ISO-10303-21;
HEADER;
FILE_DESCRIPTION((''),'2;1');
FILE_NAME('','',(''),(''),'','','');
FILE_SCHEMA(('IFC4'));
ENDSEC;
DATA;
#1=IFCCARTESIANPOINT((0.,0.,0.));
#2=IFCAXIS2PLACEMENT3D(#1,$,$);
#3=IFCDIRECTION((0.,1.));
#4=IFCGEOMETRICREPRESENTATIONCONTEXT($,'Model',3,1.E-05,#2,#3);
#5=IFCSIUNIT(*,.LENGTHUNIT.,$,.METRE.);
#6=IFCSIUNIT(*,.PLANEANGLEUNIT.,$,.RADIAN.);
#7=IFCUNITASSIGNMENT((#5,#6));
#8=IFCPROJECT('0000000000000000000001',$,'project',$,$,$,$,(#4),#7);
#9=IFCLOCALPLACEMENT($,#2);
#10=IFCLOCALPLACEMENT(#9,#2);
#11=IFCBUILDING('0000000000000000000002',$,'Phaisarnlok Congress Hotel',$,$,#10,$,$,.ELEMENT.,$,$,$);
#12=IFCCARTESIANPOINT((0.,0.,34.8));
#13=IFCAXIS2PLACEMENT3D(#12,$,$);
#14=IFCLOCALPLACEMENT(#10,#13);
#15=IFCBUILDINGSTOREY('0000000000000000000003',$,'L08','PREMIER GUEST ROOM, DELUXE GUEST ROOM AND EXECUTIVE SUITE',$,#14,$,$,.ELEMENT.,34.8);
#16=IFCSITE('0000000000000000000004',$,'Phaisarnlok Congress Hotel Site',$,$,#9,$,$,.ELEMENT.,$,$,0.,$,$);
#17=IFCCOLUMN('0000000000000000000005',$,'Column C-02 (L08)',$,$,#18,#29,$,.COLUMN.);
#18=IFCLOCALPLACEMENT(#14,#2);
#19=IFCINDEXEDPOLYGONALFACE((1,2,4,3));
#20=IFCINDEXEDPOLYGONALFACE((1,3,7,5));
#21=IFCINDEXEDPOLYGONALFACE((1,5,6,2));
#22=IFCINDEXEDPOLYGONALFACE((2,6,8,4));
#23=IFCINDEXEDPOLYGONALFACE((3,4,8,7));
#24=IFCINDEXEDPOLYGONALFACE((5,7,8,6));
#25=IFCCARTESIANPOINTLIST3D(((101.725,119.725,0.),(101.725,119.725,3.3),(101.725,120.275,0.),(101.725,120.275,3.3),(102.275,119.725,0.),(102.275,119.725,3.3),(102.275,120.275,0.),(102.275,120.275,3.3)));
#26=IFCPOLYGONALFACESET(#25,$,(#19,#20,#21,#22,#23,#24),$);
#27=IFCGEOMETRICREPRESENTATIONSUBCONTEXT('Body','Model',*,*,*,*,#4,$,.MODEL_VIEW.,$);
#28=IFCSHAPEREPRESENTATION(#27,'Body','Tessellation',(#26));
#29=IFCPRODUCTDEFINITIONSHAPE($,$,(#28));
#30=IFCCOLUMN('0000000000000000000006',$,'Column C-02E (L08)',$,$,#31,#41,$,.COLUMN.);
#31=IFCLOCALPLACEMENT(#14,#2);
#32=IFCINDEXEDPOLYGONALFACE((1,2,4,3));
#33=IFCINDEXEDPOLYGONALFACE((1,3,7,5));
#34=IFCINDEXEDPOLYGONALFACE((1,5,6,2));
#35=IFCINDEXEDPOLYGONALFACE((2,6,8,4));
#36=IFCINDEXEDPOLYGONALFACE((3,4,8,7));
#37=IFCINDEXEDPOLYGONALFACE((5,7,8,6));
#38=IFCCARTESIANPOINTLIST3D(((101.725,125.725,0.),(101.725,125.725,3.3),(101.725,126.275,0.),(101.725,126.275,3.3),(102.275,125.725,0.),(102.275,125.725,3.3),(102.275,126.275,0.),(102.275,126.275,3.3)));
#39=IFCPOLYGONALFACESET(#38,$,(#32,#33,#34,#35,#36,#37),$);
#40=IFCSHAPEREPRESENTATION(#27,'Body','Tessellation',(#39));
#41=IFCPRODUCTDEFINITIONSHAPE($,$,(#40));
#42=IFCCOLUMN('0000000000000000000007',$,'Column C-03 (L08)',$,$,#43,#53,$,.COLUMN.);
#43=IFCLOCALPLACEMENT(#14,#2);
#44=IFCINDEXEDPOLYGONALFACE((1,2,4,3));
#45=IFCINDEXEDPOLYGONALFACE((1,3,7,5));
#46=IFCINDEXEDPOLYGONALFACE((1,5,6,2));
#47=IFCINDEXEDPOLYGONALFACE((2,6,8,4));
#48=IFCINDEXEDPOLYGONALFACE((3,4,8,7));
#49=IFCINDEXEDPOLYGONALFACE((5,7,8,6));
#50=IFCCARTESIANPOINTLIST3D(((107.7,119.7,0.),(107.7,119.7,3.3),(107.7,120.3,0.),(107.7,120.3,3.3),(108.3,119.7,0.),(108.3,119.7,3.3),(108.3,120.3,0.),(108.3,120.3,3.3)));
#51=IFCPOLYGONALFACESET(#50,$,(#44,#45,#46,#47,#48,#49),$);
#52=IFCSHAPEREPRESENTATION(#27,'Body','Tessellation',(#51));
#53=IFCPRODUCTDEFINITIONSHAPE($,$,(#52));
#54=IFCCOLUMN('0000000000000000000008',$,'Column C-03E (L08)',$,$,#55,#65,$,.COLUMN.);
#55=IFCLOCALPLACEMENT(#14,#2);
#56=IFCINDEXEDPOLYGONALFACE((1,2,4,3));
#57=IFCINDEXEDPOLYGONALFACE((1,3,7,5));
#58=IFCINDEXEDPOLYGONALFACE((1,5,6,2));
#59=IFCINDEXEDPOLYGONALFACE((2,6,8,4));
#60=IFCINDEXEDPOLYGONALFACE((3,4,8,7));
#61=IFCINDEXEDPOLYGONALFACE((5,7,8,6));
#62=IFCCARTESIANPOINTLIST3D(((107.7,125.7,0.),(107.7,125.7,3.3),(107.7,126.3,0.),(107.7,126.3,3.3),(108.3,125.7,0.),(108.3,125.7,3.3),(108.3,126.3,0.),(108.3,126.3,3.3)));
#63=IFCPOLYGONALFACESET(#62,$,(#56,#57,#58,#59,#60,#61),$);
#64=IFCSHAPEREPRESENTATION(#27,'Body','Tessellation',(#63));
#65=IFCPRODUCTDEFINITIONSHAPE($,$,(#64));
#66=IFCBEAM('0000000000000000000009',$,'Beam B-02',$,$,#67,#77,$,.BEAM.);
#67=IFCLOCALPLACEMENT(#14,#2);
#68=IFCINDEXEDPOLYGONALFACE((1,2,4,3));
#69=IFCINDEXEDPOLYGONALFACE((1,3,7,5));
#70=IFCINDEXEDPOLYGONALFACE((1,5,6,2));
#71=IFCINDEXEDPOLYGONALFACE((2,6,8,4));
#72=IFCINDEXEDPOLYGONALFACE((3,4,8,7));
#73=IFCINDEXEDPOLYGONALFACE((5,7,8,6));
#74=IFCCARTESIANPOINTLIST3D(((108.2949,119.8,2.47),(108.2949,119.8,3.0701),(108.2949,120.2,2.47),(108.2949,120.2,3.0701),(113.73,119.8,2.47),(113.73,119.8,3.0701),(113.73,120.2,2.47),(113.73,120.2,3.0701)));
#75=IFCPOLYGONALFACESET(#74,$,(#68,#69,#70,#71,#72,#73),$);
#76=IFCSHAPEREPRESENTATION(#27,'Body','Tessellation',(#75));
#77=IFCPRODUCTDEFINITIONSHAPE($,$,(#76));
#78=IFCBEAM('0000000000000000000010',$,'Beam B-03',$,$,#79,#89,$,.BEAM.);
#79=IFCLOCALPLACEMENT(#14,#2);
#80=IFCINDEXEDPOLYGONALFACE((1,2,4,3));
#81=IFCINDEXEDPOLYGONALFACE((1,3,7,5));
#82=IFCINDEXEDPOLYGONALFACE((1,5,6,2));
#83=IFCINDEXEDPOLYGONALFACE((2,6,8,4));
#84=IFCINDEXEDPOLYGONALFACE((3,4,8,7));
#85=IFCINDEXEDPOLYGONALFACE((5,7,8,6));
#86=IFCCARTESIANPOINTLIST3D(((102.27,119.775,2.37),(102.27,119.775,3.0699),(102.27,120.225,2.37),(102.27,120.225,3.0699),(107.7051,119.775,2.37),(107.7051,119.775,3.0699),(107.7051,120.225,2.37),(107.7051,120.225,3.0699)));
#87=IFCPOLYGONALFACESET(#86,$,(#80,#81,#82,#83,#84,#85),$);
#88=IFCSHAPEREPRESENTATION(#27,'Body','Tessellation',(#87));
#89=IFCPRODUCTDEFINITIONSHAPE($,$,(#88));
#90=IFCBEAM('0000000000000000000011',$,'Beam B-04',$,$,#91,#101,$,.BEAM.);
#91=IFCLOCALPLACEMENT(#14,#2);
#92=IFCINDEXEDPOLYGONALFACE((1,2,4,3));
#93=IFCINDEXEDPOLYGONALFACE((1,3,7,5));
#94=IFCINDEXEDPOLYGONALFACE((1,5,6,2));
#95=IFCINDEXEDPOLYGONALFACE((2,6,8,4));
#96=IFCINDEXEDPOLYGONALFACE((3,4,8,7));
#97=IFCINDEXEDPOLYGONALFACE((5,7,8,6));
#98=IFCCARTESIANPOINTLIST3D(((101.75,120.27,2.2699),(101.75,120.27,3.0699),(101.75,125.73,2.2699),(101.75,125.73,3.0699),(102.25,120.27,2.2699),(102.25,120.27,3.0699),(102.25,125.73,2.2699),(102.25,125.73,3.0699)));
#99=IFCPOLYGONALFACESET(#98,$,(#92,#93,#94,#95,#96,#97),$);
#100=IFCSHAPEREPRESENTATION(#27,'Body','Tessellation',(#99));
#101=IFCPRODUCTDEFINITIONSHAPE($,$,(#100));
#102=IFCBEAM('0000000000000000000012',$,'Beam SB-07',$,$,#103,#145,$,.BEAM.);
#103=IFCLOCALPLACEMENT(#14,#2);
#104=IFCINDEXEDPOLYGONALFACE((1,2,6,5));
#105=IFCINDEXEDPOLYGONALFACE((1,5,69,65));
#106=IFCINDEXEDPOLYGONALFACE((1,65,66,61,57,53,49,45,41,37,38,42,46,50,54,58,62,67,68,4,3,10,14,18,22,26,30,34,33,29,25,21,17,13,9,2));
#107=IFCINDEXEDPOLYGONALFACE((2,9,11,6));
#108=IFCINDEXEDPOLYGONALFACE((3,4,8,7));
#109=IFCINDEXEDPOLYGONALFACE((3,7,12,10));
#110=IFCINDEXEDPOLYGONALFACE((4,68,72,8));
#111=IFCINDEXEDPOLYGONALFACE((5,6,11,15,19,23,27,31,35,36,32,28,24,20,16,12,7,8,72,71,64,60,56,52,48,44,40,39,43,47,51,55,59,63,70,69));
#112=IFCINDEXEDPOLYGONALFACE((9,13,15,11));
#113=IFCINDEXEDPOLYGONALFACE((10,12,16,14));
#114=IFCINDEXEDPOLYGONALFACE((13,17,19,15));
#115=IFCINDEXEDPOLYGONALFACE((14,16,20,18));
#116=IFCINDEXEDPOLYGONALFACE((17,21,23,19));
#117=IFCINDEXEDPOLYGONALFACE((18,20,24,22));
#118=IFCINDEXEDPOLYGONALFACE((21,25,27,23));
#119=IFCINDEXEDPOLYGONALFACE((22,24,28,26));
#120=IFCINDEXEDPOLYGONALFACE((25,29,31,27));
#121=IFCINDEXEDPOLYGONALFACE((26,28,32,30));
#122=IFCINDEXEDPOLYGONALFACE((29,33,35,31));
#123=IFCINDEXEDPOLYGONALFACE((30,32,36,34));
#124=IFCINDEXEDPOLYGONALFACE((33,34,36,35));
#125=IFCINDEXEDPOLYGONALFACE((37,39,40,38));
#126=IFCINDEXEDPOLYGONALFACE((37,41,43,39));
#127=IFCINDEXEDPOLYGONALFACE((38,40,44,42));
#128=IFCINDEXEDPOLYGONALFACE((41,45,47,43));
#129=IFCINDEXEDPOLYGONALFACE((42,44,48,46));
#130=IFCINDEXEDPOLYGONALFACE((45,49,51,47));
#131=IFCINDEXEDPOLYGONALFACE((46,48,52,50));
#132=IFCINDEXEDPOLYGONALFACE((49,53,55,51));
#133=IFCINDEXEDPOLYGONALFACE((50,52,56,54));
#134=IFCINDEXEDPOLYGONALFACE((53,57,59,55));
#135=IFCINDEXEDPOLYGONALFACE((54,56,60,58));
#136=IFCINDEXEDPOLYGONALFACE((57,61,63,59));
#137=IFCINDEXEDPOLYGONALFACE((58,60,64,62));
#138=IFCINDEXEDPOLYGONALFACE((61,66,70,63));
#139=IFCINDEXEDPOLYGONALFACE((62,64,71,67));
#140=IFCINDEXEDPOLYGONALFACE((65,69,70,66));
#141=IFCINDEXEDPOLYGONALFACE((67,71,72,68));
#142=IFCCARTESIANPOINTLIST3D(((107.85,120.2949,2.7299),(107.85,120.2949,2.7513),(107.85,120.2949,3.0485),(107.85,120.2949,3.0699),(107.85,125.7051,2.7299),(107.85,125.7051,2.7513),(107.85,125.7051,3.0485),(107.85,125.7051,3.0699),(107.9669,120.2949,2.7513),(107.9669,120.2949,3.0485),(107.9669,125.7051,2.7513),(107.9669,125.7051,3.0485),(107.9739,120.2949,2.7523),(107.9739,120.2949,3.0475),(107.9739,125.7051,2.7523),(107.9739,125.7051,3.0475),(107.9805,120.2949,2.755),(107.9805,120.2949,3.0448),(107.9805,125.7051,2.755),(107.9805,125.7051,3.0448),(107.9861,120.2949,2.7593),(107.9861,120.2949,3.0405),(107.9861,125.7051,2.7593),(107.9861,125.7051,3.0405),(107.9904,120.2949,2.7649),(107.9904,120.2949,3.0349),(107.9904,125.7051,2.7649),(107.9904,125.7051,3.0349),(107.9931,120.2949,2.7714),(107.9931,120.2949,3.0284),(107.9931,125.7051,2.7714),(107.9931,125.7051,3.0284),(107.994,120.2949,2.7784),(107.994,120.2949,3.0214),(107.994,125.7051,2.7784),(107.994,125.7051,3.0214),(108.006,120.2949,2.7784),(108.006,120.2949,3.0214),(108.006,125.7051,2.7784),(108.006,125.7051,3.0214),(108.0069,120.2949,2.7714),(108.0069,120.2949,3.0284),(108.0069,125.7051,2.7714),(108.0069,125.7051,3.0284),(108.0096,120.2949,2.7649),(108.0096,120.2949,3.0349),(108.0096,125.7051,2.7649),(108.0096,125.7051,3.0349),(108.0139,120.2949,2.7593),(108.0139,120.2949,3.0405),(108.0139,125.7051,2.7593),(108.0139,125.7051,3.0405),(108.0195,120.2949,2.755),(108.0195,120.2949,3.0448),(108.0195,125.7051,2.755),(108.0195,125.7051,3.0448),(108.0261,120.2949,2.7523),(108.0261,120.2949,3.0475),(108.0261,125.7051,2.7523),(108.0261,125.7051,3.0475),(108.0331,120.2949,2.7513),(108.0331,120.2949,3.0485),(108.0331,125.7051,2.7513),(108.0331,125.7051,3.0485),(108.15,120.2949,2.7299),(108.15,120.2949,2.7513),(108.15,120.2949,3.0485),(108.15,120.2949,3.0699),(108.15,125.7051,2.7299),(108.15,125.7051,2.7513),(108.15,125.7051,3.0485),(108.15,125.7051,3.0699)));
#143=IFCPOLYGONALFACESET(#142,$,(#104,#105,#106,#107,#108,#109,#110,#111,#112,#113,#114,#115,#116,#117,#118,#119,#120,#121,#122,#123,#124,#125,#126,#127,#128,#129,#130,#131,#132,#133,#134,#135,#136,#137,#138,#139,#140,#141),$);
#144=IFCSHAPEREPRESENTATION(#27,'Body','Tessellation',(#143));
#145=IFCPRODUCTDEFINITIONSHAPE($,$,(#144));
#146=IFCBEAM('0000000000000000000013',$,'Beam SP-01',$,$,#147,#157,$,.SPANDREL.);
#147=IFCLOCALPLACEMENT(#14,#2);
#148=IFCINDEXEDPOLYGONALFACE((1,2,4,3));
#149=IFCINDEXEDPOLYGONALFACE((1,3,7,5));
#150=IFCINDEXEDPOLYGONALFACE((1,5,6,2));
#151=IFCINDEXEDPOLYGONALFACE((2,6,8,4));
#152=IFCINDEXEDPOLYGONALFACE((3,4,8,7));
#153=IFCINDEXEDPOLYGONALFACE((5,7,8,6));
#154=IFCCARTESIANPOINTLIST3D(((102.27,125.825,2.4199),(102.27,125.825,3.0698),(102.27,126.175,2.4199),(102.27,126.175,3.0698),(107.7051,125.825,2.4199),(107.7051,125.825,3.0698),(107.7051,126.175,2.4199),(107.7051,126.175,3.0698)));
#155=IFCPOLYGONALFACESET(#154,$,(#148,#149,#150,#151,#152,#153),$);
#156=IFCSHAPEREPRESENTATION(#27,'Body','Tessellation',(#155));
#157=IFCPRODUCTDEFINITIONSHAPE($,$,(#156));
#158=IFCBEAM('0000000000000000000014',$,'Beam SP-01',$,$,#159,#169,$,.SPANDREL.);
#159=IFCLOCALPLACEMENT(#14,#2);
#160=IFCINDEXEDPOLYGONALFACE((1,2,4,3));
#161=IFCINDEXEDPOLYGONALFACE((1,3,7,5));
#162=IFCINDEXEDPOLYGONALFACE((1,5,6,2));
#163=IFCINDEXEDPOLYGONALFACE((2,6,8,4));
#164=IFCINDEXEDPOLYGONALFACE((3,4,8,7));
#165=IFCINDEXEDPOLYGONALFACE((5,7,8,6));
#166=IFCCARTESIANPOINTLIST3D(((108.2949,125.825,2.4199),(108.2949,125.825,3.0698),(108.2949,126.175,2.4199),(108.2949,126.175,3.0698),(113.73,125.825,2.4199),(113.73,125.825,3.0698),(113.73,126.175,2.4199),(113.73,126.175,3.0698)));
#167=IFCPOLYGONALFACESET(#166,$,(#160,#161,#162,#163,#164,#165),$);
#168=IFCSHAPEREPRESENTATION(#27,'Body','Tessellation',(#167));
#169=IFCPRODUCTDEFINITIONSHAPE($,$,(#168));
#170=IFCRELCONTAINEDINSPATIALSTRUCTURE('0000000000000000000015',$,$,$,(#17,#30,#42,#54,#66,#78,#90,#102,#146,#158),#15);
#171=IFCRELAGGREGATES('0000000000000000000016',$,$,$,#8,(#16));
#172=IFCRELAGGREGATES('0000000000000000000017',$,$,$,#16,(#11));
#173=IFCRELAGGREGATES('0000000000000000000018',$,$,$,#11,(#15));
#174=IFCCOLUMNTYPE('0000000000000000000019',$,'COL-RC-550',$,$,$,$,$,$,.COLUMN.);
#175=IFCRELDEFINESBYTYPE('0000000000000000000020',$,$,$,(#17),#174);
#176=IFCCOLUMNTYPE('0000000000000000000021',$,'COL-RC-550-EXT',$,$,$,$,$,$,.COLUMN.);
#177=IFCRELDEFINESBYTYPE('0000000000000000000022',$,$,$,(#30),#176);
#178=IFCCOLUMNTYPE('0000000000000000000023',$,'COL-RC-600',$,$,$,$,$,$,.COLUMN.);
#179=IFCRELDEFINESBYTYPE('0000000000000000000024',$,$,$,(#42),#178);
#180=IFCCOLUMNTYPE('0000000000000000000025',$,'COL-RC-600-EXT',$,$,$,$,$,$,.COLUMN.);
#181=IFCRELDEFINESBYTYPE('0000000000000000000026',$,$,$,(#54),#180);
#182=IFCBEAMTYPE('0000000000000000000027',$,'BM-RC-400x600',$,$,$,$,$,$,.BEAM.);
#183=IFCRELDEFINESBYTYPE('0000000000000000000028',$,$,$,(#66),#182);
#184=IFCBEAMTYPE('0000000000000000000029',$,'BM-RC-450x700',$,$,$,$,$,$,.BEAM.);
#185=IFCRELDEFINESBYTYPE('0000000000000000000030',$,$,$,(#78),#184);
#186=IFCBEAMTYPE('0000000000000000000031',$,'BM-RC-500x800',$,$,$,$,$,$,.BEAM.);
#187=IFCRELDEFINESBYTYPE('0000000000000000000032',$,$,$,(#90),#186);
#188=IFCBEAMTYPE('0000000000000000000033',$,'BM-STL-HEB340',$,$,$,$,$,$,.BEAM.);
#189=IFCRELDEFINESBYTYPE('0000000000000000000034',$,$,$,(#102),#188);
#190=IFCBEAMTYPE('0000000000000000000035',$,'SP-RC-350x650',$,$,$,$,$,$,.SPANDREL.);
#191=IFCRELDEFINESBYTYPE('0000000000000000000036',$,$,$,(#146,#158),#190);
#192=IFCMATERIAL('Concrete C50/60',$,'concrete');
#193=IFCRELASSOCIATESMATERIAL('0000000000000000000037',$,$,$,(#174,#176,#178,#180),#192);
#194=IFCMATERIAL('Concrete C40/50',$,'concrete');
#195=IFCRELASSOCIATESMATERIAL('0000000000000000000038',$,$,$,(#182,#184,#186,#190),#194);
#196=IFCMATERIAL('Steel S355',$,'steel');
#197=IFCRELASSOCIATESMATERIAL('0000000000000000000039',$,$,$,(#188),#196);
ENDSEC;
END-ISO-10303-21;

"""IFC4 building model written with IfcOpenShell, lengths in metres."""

from ifc_helpers import new_model, si_unit, direction, frame, origin, origin_2d, place, context, subcontext, project, spatial, rectangle, i_section, extrude, material, material_profile, profile_set, type_object, element, save


model = new_model("IFC4")

# Units and contexts
model_context = context("Model", 3, precision=1e-05, world=origin(), true_north=direction((0.0, 1.0)))
body_context = subcontext(model_context, "Body", "Model", "MODEL_VIEW")
ifc_project = project(units=[si_unit("LENGTHUNIT", "METRE"), si_unit("PLANEANGLEUNIT", "RADIAN")], contexts=[model_context])

# Site, building, storey
site_placement = place(None, origin())
site = spatial("IfcSite", under=ifc_project, at=site_placement, Name="Phaisarnlok Congress Hotel Site", CompositionType="ELEMENT", RefElevation=0.0)
building_placement = place(site_placement, origin())
building = spatial("IfcBuilding", under=site, at=building_placement, Name="Phaisarnlok Congress Hotel", CompositionType="ELEMENT")
storey_placement = place(building_placement, frame((0.0, 0.0, 34.8)))
storey = spatial("IfcBuildingStorey", under=building, at=storey_placement, Name="L08", Description="PREMIER GUEST ROOM, DELUXE GUEST ROOM AND EXECUTIVE SUITE", CompositionType="ELEMENT", Elevation=34.8)

# Columns
ifc_material_1 = material(Name="Concrete C50/60", Category="concrete")
ifc_material_profile_1 = material_profile(ifc_material_1, rectangle(XDim=0.55, YDim=0.55, at=origin_2d()), Name="RC 550x550")
ifc_profile_set_1 = profile_set([ifc_material_profile_1], Name="Concrete C50/60")
column_type_1 = type_object("IfcColumnType", Name="COL-RC-550", PredefinedType="COLUMN", material=ifc_profile_set_1)
column_1_placement = place(storey_placement, frame((102.0, 120.0, 0.0), z_axis=(0.0, 0.0, 1.0), x_axis=(1.0, 0.0, 0.0)))
element("IfcColumn", 1, at=column_1_placement, inside=storey, type_object=column_type_1, Name="Column C-02 (L08)", PredefinedType="COLUMN", context=body_context, shape_type="SweptSolid", body=[
    extrude(rectangle(XDim=0.55, YDim=0.55, at=origin_2d()), origin(), (0.0, 0.0, 1.0), 3.3),
])
ifc_material_profile_2 = material_profile(ifc_material_1, rectangle(XDim=0.55, YDim=0.55, at=origin_2d()), Name="RC 550x550")
ifc_profile_set_2 = profile_set([ifc_material_profile_2], Name="Concrete C50/60")
column_type_2 = type_object("IfcColumnType", Name="COL-RC-550-EXT", PredefinedType="COLUMN", material=ifc_profile_set_2)
column_2_placement = place(storey_placement, frame((102.0, 126.0, 0.0), z_axis=(0.0, 0.0, 1.0), x_axis=(1.0, 0.0, 0.0)))
element("IfcColumn", 2, at=column_2_placement, inside=storey, type_object=column_type_2, Name="Column C-02E (L08)", PredefinedType="COLUMN", context=body_context, shape_type="SweptSolid", body=[
    extrude(rectangle(XDim=0.55, YDim=0.55, at=origin_2d()), origin(), (0.0, 0.0, 1.0), 3.3),
])
ifc_material_profile_3 = material_profile(ifc_material_1, rectangle(XDim=0.6001, YDim=0.6001, at=origin_2d()), Name="RC 600x600")
ifc_profile_set_3 = profile_set([ifc_material_profile_3], Name="Concrete C50/60")
column_type_3 = type_object("IfcColumnType", Name="COL-RC-600", PredefinedType="COLUMN", material=ifc_profile_set_3)
column_3_placement = place(storey_placement, frame((108.0, 120.0, 0.0), z_axis=(0.0, 0.0, 1.0), x_axis=(1.0, 0.0, 0.0)))
element("IfcColumn", 3, at=column_3_placement, inside=storey, type_object=column_type_3, Name="Column C-03 (L08)", PredefinedType="COLUMN", context=body_context, shape_type="SweptSolid", body=[
    extrude(rectangle(XDim=0.6001, YDim=0.6001, at=origin_2d()), origin(), (0.0, 0.0, 1.0), 3.3),
])
ifc_material_profile_4 = material_profile(ifc_material_1, rectangle(XDim=0.6001, YDim=0.6001, at=origin_2d()), Name="RC 600x600")
ifc_profile_set_4 = profile_set([ifc_material_profile_4], Name="Concrete C50/60")
column_type_4 = type_object("IfcColumnType", Name="COL-RC-600-EXT", PredefinedType="COLUMN", material=ifc_profile_set_4)
column_4_placement = place(storey_placement, frame((108.0, 126.0, 0.0), z_axis=(0.0, 0.0, 1.0), x_axis=(1.0, 0.0, 0.0)))
element("IfcColumn", 4, at=column_4_placement, inside=storey, type_object=column_type_4, Name="Column C-03E (L08)", PredefinedType="COLUMN", context=body_context, shape_type="SweptSolid", body=[
    extrude(rectangle(XDim=0.6001, YDim=0.6001, at=origin_2d()), origin(), (0.0, 0.0, 1.0), 3.3),
])

# Beams
ifc_material_2 = material(Name="Concrete C40/50", Category="concrete")
ifc_material_profile_5 = material_profile(ifc_material_2, rectangle(XDim=0.3999, YDim=0.6001, at=origin_2d()), Name="RC 400x600")
ifc_profile_set_5 = profile_set([ifc_material_profile_5], Name="Concrete C40/50")
beam_type_1 = type_object("IfcBeamType", Name="BM-RC-400x600", PredefinedType="BEAM", material=ifc_profile_set_5)
beam_1_placement = place(storey_placement, frame((108.2949, 120.0, 2.77), z_axis=(1.0, 0.0, 0.0), x_axis=(0.0, 1.0, 0.0)))
element("IfcBeam", 5, at=beam_1_placement, inside=storey, type_object=beam_type_1, Name="Beam B-02", PredefinedType="BEAM", context=body_context, shape_type="SweptSolid", body=[
    extrude(rectangle(XDim=0.3999, YDim=0.6001, at=origin_2d()), origin(), (0.0, 0.0, 1.0), 5.4351),
])
ifc_material_profile_6 = material_profile(ifc_material_2, rectangle(XDim=0.45, YDim=0.7, at=origin_2d()), Name="RC 450x700")
ifc_profile_set_6 = profile_set([ifc_material_profile_6], Name="Concrete C40/50")
beam_type_2 = type_object("IfcBeamType", Name="BM-RC-450x700", PredefinedType="BEAM", material=ifc_profile_set_6)
beam_2_placement = place(storey_placement, frame((102.27, 120.0, 2.72), z_axis=(1.0, 0.0, 0.0), x_axis=(0.0, 1.0, 0.0)))
element("IfcBeam", 6, at=beam_2_placement, inside=storey, type_object=beam_type_2, Name="Beam B-03", PredefinedType="BEAM", context=body_context, shape_type="SweptSolid", body=[
    extrude(rectangle(XDim=0.45, YDim=0.7, at=origin_2d()), origin(), (0.0, 0.0, 1.0), 5.4351),
])
ifc_material_profile_7 = material_profile(ifc_material_2, rectangle(XDim=0.5, YDim=0.8, at=origin_2d()), Name="RC 500x800")
ifc_profile_set_7 = profile_set([ifc_material_profile_7], Name="Concrete C40/50")
beam_type_3 = type_object("IfcBeamType", Name="BM-RC-500x800", PredefinedType="BEAM", material=ifc_profile_set_7)
beam_3_placement = place(storey_placement, frame((102.0, 120.27, 2.6699), z_axis=(0.0, 1.0, 0.0), x_axis=(-1.0, 0.0, 0.0)))
element("IfcBeam", 7, at=beam_3_placement, inside=storey, type_object=beam_type_3, Name="Beam B-04", PredefinedType="BEAM", context=body_context, shape_type="SweptSolid", body=[
    extrude(rectangle(XDim=0.5, YDim=0.8, at=origin_2d()), origin(), (0.0, 0.0, 1.0), 5.46),
])
ifc_material_3 = material(Name="Steel S355", Category="steel")
ifc_material_profile_8 = material_profile(ifc_material_3, i_section(OverallWidth=0.3, OverallDepth=0.3401, WebThickness=0.012, FlangeThickness=0.0215, FilletRadius=0.0271, at=origin_2d()), Name="HEB 340")
ifc_profile_set_8 = profile_set([ifc_material_profile_8], Name="Steel S355")
beam_type_4 = type_object("IfcBeamType", Name="BM-STL-HEB340", PredefinedType="BEAM", material=ifc_profile_set_8)
beam_4_placement = place(storey_placement, frame((108.0, 120.2949, 2.8999), z_axis=(0.0, 1.0, 0.0), x_axis=(-1.0, 0.0, 0.0)))
element("IfcBeam", 8, at=beam_4_placement, inside=storey, type_object=beam_type_4, Name="Beam SB-07", PredefinedType="BEAM", context=body_context, shape_type="SweptSolid", body=[
    extrude(i_section(OverallWidth=0.3, OverallDepth=0.3401, WebThickness=0.012, FlangeThickness=0.0215, FilletRadius=0.0271, at=origin_2d()), origin(), (0.0, 0.0, 1.0), 5.4102),
])
ifc_material_profile_9 = material_profile(ifc_material_2, rectangle(XDim=0.3501, YDim=0.6499, at=origin_2d()), Name="RC 350x650")
ifc_profile_set_9 = profile_set([ifc_material_profile_9], Name="Concrete C40/50")
beam_type_5 = type_object("IfcBeamType", Name="SP-RC-350x650", PredefinedType="SPANDREL", material=ifc_profile_set_9)
for number, where, z_axis, x_axis, name in (
    (9, (102.27, 126.0, 2.7449), (1.0, 0.0, 0.0), (0.0, 1.0, 0.0), "Beam SP-01"),
    (10, (108.2949, 126.0, 2.7449), (1.0, 0.0, 0.0), (0.0, 1.0, 0.0), "Beam SP-01"),
):
    element("IfcBeam", number, at=place(storey_placement, frame(where, z_axis=z_axis, x_axis=x_axis)), inside=storey, type_object=beam_type_5, Name=name, PredefinedType="SPANDREL", context=body_context, shape_type="SweptSolid", body=[
        extrude(rectangle(XDim=0.3501, YDim=0.6499, at=origin_2d()), origin(), (0.0, 0.0, 1.0), 5.4351),
    ])

save(model, "model.ifc")
